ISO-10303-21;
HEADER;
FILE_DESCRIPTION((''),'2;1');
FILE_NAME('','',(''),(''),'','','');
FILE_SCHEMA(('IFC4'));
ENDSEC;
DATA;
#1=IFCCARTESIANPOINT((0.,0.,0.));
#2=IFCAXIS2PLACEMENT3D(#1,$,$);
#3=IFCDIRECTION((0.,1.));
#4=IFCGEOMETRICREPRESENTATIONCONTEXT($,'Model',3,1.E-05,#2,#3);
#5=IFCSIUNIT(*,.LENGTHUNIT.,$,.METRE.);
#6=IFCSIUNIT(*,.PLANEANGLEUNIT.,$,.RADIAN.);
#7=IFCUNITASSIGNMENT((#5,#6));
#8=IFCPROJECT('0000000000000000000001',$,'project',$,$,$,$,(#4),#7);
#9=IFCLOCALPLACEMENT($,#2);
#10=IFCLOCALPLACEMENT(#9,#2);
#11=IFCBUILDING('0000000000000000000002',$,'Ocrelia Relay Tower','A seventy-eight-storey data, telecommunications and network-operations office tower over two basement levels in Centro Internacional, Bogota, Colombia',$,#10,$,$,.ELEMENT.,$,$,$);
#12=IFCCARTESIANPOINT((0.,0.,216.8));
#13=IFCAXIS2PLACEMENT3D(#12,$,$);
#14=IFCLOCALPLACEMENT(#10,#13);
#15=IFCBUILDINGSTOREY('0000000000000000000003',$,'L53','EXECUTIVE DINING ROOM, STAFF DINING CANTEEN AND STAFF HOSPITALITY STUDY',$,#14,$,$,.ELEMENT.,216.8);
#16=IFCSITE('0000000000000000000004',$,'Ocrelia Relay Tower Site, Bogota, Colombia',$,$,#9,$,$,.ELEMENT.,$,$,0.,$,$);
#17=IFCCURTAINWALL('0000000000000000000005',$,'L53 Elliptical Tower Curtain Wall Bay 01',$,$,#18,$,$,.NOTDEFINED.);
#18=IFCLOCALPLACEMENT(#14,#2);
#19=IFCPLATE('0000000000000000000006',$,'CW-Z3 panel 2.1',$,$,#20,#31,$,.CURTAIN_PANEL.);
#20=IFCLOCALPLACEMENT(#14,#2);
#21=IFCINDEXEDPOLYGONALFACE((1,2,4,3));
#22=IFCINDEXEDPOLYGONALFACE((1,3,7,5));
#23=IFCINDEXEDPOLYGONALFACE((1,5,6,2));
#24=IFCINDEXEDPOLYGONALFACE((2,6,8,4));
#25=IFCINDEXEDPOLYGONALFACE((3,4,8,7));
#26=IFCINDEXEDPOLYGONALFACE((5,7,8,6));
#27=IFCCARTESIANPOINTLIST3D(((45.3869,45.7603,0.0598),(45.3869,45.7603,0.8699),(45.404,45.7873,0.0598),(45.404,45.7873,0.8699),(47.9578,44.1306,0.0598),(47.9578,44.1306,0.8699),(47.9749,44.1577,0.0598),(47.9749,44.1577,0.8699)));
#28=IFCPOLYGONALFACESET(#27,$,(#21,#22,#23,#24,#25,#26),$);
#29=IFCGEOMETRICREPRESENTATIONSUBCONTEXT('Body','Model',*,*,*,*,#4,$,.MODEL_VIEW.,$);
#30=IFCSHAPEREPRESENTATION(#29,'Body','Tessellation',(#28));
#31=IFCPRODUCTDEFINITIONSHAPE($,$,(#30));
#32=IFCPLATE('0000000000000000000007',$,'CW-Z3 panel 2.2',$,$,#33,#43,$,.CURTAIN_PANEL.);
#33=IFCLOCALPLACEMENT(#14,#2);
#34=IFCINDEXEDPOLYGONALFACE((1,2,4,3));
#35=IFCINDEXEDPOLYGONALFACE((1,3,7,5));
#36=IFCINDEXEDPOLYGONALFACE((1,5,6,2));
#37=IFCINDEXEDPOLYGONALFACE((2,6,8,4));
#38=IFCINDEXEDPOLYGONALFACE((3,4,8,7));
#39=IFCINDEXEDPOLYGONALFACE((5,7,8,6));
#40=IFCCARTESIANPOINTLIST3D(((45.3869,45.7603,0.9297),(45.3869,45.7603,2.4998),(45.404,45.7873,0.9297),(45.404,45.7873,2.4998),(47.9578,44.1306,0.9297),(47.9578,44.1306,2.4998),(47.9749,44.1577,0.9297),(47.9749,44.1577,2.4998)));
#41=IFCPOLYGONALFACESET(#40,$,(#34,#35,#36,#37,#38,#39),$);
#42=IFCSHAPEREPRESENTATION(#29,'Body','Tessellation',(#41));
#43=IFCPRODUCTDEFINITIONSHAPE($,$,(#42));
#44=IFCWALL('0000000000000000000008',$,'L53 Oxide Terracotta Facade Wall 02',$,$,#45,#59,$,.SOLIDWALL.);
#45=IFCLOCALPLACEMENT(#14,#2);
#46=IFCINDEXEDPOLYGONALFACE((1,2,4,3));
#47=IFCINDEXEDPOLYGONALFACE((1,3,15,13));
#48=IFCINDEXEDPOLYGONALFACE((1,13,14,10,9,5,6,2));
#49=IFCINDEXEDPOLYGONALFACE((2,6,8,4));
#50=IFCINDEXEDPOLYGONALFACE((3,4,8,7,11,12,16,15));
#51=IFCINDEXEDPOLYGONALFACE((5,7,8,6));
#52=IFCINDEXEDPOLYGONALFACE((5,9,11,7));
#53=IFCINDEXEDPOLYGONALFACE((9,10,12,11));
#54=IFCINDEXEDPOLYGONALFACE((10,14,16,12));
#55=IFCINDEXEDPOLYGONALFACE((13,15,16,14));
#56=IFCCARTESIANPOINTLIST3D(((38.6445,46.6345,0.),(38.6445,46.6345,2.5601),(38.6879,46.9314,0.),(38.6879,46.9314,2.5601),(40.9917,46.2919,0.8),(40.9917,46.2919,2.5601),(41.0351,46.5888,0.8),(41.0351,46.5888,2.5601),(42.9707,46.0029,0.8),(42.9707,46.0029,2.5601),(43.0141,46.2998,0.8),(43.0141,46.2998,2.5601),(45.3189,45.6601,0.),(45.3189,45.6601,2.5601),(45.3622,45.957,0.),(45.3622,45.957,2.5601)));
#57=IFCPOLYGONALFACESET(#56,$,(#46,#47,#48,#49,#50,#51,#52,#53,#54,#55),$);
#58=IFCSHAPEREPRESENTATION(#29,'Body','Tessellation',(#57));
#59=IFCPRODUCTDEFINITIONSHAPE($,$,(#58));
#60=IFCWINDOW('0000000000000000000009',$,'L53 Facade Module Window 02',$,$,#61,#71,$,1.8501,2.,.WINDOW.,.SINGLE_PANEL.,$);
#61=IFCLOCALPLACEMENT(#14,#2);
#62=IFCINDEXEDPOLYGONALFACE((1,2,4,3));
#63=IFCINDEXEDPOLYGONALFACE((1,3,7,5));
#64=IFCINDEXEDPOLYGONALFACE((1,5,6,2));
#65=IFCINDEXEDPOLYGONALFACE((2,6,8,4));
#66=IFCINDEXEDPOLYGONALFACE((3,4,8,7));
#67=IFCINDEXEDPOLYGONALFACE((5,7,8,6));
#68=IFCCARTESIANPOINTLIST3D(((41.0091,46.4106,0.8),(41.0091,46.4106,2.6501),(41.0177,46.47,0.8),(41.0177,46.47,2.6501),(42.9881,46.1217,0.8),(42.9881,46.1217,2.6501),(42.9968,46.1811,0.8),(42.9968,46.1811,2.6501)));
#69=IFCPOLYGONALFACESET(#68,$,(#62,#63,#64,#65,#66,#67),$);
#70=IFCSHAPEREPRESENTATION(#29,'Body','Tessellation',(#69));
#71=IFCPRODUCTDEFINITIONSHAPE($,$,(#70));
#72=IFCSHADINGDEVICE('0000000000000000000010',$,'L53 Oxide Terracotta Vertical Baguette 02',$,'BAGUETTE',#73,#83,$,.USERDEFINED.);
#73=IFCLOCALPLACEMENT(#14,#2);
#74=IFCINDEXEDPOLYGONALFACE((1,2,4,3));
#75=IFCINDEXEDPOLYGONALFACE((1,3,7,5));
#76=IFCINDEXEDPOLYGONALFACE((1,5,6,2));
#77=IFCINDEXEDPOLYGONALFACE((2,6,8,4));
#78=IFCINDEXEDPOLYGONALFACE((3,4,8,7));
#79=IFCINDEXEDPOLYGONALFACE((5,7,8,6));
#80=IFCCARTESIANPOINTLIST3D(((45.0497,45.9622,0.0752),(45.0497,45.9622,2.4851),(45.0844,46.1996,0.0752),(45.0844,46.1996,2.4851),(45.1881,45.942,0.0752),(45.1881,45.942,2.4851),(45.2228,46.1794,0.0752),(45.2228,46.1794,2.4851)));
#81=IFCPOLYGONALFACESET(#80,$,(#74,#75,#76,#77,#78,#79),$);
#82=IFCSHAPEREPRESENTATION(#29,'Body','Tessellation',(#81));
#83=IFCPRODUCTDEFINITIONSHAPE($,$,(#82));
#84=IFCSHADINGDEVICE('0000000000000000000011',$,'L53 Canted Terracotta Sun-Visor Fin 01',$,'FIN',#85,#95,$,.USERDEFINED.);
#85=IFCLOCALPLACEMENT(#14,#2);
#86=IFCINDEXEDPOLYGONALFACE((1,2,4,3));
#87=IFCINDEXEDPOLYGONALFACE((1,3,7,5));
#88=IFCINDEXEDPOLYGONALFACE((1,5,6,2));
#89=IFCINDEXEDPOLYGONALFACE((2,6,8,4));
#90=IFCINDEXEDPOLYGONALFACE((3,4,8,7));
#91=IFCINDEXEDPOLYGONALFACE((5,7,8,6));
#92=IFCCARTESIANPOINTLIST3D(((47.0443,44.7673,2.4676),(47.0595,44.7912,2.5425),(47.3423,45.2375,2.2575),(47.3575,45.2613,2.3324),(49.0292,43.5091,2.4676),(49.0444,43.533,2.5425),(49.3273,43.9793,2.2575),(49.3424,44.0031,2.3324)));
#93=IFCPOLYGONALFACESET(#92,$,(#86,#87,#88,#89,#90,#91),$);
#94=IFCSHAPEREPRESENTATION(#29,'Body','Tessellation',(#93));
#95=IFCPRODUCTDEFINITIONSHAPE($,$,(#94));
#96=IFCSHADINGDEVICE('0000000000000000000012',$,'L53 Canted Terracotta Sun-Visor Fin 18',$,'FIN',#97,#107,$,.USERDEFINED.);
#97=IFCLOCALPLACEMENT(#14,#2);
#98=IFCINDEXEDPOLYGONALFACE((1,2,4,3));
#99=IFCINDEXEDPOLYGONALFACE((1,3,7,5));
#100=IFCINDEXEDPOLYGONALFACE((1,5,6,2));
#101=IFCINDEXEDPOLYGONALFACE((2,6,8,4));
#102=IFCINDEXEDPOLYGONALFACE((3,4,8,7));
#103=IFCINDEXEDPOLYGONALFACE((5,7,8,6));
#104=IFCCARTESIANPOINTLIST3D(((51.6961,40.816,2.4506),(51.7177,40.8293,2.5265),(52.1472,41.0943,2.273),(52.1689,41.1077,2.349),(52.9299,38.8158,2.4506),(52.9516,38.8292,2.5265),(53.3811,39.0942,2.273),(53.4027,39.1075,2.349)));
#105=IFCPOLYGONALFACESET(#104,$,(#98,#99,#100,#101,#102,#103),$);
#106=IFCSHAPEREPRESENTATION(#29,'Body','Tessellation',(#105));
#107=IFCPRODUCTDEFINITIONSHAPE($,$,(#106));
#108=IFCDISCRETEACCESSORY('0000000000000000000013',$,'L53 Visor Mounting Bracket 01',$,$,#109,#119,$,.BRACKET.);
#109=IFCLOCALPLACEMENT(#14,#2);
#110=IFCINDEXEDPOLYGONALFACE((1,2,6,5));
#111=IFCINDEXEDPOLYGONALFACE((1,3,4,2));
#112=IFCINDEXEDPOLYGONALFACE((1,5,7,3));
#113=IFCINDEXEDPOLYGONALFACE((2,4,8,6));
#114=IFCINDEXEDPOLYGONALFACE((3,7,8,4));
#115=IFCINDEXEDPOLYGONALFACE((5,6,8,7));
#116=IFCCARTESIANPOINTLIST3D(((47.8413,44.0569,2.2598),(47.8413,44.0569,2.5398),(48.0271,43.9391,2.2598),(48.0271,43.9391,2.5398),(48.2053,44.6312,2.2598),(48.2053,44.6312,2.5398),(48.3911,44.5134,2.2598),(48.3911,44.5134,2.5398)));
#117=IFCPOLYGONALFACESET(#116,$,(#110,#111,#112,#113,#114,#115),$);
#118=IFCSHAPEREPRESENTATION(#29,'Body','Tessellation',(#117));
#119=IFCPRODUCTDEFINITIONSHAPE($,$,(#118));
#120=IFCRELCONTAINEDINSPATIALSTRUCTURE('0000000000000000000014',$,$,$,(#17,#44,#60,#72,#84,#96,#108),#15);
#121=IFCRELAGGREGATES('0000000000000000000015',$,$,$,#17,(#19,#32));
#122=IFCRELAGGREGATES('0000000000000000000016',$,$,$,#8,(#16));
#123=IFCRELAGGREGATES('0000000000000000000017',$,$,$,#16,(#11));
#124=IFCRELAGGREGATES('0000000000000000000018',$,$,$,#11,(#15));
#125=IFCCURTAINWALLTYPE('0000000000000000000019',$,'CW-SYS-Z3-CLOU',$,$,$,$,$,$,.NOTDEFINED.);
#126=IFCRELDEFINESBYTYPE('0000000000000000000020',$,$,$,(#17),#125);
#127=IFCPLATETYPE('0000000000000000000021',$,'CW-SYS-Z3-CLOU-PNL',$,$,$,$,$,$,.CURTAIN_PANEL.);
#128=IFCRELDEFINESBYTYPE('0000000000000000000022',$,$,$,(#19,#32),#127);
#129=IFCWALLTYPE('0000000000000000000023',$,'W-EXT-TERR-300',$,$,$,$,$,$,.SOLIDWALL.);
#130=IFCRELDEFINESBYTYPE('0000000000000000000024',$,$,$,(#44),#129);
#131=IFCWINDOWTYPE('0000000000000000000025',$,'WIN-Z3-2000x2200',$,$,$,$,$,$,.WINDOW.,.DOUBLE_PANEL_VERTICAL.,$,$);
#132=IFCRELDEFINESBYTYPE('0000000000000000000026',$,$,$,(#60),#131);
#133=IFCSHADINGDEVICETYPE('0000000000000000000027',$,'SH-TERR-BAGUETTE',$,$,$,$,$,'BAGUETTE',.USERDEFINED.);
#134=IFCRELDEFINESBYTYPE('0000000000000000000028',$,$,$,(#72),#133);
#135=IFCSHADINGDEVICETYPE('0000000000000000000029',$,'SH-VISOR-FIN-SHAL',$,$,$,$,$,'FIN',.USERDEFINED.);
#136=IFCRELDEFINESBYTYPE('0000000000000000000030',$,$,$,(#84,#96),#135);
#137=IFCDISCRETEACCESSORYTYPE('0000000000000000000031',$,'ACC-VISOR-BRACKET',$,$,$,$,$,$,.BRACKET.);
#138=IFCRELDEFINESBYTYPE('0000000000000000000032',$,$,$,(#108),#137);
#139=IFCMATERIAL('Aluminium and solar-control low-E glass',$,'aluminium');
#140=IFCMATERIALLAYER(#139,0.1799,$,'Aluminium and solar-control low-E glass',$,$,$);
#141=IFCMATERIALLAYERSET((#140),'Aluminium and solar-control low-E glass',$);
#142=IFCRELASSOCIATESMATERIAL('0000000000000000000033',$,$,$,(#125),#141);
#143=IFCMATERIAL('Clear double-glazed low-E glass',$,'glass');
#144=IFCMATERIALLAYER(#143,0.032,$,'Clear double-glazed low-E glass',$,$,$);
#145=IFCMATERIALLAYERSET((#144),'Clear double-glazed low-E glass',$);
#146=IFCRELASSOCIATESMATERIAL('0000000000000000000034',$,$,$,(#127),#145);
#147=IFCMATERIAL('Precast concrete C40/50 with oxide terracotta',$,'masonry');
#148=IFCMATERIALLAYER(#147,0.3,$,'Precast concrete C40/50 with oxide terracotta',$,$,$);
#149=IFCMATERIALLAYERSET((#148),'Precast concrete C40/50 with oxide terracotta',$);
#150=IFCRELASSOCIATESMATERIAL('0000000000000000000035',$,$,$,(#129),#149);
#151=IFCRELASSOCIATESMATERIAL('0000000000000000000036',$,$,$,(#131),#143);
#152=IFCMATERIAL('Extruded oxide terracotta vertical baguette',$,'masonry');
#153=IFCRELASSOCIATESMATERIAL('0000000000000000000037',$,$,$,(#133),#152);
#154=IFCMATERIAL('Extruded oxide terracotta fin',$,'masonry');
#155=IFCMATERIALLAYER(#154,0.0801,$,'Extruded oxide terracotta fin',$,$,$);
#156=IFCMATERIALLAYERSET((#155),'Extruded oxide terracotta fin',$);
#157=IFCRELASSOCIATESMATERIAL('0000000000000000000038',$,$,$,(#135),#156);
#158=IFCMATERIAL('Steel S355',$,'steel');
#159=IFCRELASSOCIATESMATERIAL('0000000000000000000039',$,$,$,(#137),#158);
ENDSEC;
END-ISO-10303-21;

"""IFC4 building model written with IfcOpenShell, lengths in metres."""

from ifc_helpers import new_model, si_unit, direction, frame, frame_2d, origin, origin_2d, place, context, subcontext, project, spatial, rectangle, extrude, material, layer, layer_set, type_object, element, fill, aggregate, save


model = new_model("IFC4")

# Units and contexts
model_context = context("Model", 3, precision=1e-05, world=origin(), true_north=direction((0.0, 1.0)))
body_context = subcontext(model_context, "Body", "Model", "MODEL_VIEW")
ifc_project = project(units=[si_unit("LENGTHUNIT", "METRE"), si_unit("PLANEANGLEUNIT", "RADIAN")], contexts=[model_context])

# Site, building, storey
site_placement = place(None, origin())
site = spatial("IfcSite", under=ifc_project, at=site_placement, Name="Ocrelia Relay Tower Site, Bogota, Colombia", CompositionType="ELEMENT", RefElevation=0.0)
building_placement = place(site_placement, origin())
building = spatial("IfcBuilding", under=site, at=building_placement, Name="Ocrelia Relay Tower", Description="A seventy-eight-storey data, telecommunications and network-operations office tower over two basement levels in Centro Internacional, Bogota, Colombia", CompositionType="ELEMENT")
storey_placement = place(building_placement, frame((0.0, 0.0, 216.8)))
storey = spatial("IfcBuildingStorey", under=building, at=storey_placement, Name="L53", Description="EXECUTIVE DINING ROOM, STAFF DINING CANTEEN AND STAFF HOSPITALITY STUDY", CompositionType="ELEMENT", Elevation=216.8)

# Curtain wall, plates
ifc_material_1 = material(Name="Aluminium and solar-control low-E glass", Category="aluminium")
ifc_layer_1 = layer(ifc_material_1, 0.1799, Name="Aluminium and solar-control low-E glass")
ifc_layer_set_1 = layer_set([ifc_layer_1], Name="Aluminium and solar-control low-E glass")
curtain_wall_type = type_object("IfcCurtainWallType", Name="CW-SYS-Z3-CLOU", PredefinedType="NOTDEFINED", material=ifc_layer_set_1)
curtain_wall_placement = place(storey_placement, origin())
curtain_wall = element("IfcCurtainWall", 1, at=curtain_wall_placement, inside=storey, type_object=curtain_wall_type, Name="L53 Elliptical Tower Curtain Wall Bay 01", PredefinedType="NOTDEFINED")
ifc_material_2 = material(Name="Clear double-glazed low-E glass", Category="glass")
ifc_layer_2 = layer(ifc_material_2, 0.032, Name="Clear double-glazed low-E glass")
ifc_layer_set_2 = layer_set([ifc_layer_2], Name="Clear double-glazed low-E glass")
plate_type = type_object("IfcPlateType", Name="CW-SYS-Z3-CLOU-PNL", PredefinedType="CURTAIN_PANEL", material=ifc_layer_set_2)
plate_1_placement = place(storey_placement, frame((46.6809, 44.959, 0.0598), z_axis=(0.0, 0.0, 1.0), x_axis=(-0.844609, 0.535383, 0.0)))
plate_1 = element("IfcPlate", 2, at=plate_1_placement, type_object=plate_type, Name="CW-Z3 panel 2.1", PredefinedType="CURTAIN_PANEL", context=body_context, shape_type="SweptSolid", body=[
    extrude(rectangle(XDim=3.0439, YDim=0.032, at=origin_2d()), origin(), (0.0, 0.0, 1.0), 0.8101),
])
plate_2_placement = place(storey_placement, frame((46.6809, 44.959, 0.9297), z_axis=(0.0, 0.0, 1.0), x_axis=(-0.844609, 0.535383, 0.0)))
plate_2 = element("IfcPlate", 3, at=plate_2_placement, type_object=plate_type, Name="CW-Z3 panel 2.2", PredefinedType="CURTAIN_PANEL", context=body_context, shape_type="SweptSolid", body=[
    extrude(rectangle(XDim=3.0439, YDim=0.032, at=origin_2d()), origin(), (0.0, 0.0, 1.0), 1.5701),
])
aggregate(curtain_wall, [plate_1, plate_2])

# Wall, opening, window
ifc_material_3 = material(Name="Precast concrete C40/50 with oxide terracotta", Category="masonry")
ifc_layer_3 = layer(ifc_material_3, 0.3, Name="Precast concrete C40/50 with oxide terracotta")
ifc_layer_set_3 = layer_set([ifc_layer_3], Name="Precast concrete C40/50 with oxide terracotta")
wall_type = type_object("IfcWallType", Name="W-EXT-TERR-300", PredefinedType="SOLIDWALL", material=ifc_layer_set_3)
wall_placement = place(storey_placement, frame((45.3406, 45.8086, 0.0), z_axis=(0.0, 0.0, 1.0), x_axis=(-0.989511, 0.144456, 0.0)))
wall = element("IfcWall", 4, at=wall_placement, inside=storey, type_object=wall_type, Name="L53 Oxide Terracotta Facade Wall 02", PredefinedType="SOLIDWALL", context=body_context, shape_type="SweptSolid", body=[
    extrude(rectangle(XDim=6.7451, YDim=0.3, at=frame_2d((3.3726, 0.0))), origin(), (0.0, 0.0, 1.0), 2.5601),
])
opening_placement = place(wall_placement, frame((2.373, 0.0, 0.8)))
opening = element("IfcOpeningElement", 5, at=opening_placement, cuts=wall, PredefinedType="OPENING", context=body_context, shape_type="SweptSolid", body=[
    extrude(rectangle(XDim=2.0, YDim=1.8501, at=frame_2d((1.0, 0.925))), frame((0.0, 0.1602, 0.0), z_axis=(0.0, -1.0, 0.0), x_axis=(1.0, 0.0, 0.0)), (0.0, 0.0, 1.0), 0.3201),
])
window_type = type_object("IfcWindowType", Name="WIN-Z3-2000x2200", PartitioningType="DOUBLE_PANEL_VERTICAL", PredefinedType="WINDOW", material=ifc_material_2)
window_placement = place(opening_placement, origin())
window = element("IfcWindow", 6, at=window_placement, inside=storey, type_object=window_type, Name="L53 Facade Module Window 02", OverallHeight=1.8501, OverallWidth=2.0, PartitioningType="SINGLE_PANEL", PredefinedType="WINDOW", context=body_context, shape_type="SweptSolid", body=[
    extrude(rectangle(XDim=2.0, YDim=1.8501, at=frame_2d((1.0, 0.925))), frame((0.0, 0.03, 0.0), z_axis=(0.0, -1.0, 0.0), x_axis=(1.0, 0.0, 0.0)), (0.0, 0.0, 1.0), 0.0601),
])
fill(opening, window)

# Shading devices
ifc_material_4 = material(Name="Extruded oxide terracotta vertical baguette", Category="masonry")
shading_device_type_1 = type_object("IfcShadingDeviceType", Name="SH-TERR-BAGUETTE", ElementType="BAGUETTE", PredefinedType="USERDEFINED", material=ifc_material_4)
shading_device_1_placement = place(storey_placement, frame((45.1362, 46.0708, 0.0752), z_axis=(0.0, 0.0, 1.0), x_axis=(-0.98951, 0.144461, 0.0)))
element("IfcShadingDevice", 7, at=shading_device_1_placement, inside=storey, type_object=shading_device_type_1, Name="L53 Oxide Terracotta Vertical Baguette 02", ObjectType="BAGUETTE", PredefinedType="USERDEFINED", context=body_context, shape_type="SweptSolid", body=[
    extrude(rectangle(XDim=0.1399, YDim=0.24, at=origin_2d()), origin(), (0.0, 0.0, 1.0), 2.4099),
])
ifc_material_5 = material(Name="Extruded oxide terracotta fin", Category="masonry")
ifc_layer_4 = layer(ifc_material_5, 0.0801, Name="Extruded oxide terracotta fin")
ifc_layer_set_4 = layer_set([ifc_layer_4], Name="Extruded oxide terracotta fin")
shading_device_type_2 = type_object("IfcShadingDeviceType", Name="SH-VISOR-FIN-SHAL", ElementType="FIN", PredefinedType="USERDEFINED", material=ifc_layer_set_4)
shading_device_2_placement = place(storey_placement, frame((48.1858, 44.3733, 2.3625), z_axis=(0.18907, 0.298272, 0.935567), x_axis=(-0.844609, 0.535383, 0.0)))
element("IfcShadingDevice", 8, at=shading_device_2_placement, inside=storey, type_object=shading_device_type_2, Name="L53 Canted Terracotta Sun-Visor Fin 01", ObjectType="FIN", PredefinedType="USERDEFINED", context=body_context, shape_type="SweptSolid", body=[
    extrude(rectangle(XDim=2.3501, YDim=0.595, at=origin_2d()), origin(), (0.0, 0.0, 1.0), 0.0801),
])
shading_device_3_placement = place(storey_placement, frame((52.5386, 39.9551, 2.3618), z_axis=(0.270337, 0.166764, 0.948213), x_axis=(-0.525018, 0.851091, 0.0)))
element("IfcShadingDevice", 9, at=shading_device_3_placement, inside=storey, type_object=shading_device_type_2, Name="L53 Canted Terracotta Sun-Visor Fin 18", ObjectType="FIN", PredefinedType="USERDEFINED", context=body_context, shape_type="SweptSolid", body=[
    extrude(rectangle(XDim=2.3501, YDim=0.5591, at=origin_2d()), origin(), (0.0, 0.0, 1.0), 0.0801),
])

# Discrete accessory
ifc_material_6 = material(Name="Steel S355", Category="steel")
discrete_accessory_type = type_object("IfcDiscreteAccessoryType", Name="ACC-VISOR-BRACKET", PredefinedType="BRACKET", material=ifc_material_6)
discrete_accessory_placement = place(storey_placement, frame((48.1162, 44.2852, 2.2598), z_axis=(0.0, 0.0, 1.0), x_axis=(-0.844609, 0.535383, 0.0)))
element("IfcDiscreteAccessory", 10, at=discrete_accessory_placement, inside=storey, type_object=discrete_accessory_type, Name="L53 Visor Mounting Bracket 01", PredefinedType="BRACKET", context=body_context, shape_type="SweptSolid", body=[
    extrude(rectangle(XDim=0.22, YDim=0.6799, at=origin_2d()), origin(), (0.0, 0.0, 1.0), 0.28),
])

save(model, "model.ifc")
